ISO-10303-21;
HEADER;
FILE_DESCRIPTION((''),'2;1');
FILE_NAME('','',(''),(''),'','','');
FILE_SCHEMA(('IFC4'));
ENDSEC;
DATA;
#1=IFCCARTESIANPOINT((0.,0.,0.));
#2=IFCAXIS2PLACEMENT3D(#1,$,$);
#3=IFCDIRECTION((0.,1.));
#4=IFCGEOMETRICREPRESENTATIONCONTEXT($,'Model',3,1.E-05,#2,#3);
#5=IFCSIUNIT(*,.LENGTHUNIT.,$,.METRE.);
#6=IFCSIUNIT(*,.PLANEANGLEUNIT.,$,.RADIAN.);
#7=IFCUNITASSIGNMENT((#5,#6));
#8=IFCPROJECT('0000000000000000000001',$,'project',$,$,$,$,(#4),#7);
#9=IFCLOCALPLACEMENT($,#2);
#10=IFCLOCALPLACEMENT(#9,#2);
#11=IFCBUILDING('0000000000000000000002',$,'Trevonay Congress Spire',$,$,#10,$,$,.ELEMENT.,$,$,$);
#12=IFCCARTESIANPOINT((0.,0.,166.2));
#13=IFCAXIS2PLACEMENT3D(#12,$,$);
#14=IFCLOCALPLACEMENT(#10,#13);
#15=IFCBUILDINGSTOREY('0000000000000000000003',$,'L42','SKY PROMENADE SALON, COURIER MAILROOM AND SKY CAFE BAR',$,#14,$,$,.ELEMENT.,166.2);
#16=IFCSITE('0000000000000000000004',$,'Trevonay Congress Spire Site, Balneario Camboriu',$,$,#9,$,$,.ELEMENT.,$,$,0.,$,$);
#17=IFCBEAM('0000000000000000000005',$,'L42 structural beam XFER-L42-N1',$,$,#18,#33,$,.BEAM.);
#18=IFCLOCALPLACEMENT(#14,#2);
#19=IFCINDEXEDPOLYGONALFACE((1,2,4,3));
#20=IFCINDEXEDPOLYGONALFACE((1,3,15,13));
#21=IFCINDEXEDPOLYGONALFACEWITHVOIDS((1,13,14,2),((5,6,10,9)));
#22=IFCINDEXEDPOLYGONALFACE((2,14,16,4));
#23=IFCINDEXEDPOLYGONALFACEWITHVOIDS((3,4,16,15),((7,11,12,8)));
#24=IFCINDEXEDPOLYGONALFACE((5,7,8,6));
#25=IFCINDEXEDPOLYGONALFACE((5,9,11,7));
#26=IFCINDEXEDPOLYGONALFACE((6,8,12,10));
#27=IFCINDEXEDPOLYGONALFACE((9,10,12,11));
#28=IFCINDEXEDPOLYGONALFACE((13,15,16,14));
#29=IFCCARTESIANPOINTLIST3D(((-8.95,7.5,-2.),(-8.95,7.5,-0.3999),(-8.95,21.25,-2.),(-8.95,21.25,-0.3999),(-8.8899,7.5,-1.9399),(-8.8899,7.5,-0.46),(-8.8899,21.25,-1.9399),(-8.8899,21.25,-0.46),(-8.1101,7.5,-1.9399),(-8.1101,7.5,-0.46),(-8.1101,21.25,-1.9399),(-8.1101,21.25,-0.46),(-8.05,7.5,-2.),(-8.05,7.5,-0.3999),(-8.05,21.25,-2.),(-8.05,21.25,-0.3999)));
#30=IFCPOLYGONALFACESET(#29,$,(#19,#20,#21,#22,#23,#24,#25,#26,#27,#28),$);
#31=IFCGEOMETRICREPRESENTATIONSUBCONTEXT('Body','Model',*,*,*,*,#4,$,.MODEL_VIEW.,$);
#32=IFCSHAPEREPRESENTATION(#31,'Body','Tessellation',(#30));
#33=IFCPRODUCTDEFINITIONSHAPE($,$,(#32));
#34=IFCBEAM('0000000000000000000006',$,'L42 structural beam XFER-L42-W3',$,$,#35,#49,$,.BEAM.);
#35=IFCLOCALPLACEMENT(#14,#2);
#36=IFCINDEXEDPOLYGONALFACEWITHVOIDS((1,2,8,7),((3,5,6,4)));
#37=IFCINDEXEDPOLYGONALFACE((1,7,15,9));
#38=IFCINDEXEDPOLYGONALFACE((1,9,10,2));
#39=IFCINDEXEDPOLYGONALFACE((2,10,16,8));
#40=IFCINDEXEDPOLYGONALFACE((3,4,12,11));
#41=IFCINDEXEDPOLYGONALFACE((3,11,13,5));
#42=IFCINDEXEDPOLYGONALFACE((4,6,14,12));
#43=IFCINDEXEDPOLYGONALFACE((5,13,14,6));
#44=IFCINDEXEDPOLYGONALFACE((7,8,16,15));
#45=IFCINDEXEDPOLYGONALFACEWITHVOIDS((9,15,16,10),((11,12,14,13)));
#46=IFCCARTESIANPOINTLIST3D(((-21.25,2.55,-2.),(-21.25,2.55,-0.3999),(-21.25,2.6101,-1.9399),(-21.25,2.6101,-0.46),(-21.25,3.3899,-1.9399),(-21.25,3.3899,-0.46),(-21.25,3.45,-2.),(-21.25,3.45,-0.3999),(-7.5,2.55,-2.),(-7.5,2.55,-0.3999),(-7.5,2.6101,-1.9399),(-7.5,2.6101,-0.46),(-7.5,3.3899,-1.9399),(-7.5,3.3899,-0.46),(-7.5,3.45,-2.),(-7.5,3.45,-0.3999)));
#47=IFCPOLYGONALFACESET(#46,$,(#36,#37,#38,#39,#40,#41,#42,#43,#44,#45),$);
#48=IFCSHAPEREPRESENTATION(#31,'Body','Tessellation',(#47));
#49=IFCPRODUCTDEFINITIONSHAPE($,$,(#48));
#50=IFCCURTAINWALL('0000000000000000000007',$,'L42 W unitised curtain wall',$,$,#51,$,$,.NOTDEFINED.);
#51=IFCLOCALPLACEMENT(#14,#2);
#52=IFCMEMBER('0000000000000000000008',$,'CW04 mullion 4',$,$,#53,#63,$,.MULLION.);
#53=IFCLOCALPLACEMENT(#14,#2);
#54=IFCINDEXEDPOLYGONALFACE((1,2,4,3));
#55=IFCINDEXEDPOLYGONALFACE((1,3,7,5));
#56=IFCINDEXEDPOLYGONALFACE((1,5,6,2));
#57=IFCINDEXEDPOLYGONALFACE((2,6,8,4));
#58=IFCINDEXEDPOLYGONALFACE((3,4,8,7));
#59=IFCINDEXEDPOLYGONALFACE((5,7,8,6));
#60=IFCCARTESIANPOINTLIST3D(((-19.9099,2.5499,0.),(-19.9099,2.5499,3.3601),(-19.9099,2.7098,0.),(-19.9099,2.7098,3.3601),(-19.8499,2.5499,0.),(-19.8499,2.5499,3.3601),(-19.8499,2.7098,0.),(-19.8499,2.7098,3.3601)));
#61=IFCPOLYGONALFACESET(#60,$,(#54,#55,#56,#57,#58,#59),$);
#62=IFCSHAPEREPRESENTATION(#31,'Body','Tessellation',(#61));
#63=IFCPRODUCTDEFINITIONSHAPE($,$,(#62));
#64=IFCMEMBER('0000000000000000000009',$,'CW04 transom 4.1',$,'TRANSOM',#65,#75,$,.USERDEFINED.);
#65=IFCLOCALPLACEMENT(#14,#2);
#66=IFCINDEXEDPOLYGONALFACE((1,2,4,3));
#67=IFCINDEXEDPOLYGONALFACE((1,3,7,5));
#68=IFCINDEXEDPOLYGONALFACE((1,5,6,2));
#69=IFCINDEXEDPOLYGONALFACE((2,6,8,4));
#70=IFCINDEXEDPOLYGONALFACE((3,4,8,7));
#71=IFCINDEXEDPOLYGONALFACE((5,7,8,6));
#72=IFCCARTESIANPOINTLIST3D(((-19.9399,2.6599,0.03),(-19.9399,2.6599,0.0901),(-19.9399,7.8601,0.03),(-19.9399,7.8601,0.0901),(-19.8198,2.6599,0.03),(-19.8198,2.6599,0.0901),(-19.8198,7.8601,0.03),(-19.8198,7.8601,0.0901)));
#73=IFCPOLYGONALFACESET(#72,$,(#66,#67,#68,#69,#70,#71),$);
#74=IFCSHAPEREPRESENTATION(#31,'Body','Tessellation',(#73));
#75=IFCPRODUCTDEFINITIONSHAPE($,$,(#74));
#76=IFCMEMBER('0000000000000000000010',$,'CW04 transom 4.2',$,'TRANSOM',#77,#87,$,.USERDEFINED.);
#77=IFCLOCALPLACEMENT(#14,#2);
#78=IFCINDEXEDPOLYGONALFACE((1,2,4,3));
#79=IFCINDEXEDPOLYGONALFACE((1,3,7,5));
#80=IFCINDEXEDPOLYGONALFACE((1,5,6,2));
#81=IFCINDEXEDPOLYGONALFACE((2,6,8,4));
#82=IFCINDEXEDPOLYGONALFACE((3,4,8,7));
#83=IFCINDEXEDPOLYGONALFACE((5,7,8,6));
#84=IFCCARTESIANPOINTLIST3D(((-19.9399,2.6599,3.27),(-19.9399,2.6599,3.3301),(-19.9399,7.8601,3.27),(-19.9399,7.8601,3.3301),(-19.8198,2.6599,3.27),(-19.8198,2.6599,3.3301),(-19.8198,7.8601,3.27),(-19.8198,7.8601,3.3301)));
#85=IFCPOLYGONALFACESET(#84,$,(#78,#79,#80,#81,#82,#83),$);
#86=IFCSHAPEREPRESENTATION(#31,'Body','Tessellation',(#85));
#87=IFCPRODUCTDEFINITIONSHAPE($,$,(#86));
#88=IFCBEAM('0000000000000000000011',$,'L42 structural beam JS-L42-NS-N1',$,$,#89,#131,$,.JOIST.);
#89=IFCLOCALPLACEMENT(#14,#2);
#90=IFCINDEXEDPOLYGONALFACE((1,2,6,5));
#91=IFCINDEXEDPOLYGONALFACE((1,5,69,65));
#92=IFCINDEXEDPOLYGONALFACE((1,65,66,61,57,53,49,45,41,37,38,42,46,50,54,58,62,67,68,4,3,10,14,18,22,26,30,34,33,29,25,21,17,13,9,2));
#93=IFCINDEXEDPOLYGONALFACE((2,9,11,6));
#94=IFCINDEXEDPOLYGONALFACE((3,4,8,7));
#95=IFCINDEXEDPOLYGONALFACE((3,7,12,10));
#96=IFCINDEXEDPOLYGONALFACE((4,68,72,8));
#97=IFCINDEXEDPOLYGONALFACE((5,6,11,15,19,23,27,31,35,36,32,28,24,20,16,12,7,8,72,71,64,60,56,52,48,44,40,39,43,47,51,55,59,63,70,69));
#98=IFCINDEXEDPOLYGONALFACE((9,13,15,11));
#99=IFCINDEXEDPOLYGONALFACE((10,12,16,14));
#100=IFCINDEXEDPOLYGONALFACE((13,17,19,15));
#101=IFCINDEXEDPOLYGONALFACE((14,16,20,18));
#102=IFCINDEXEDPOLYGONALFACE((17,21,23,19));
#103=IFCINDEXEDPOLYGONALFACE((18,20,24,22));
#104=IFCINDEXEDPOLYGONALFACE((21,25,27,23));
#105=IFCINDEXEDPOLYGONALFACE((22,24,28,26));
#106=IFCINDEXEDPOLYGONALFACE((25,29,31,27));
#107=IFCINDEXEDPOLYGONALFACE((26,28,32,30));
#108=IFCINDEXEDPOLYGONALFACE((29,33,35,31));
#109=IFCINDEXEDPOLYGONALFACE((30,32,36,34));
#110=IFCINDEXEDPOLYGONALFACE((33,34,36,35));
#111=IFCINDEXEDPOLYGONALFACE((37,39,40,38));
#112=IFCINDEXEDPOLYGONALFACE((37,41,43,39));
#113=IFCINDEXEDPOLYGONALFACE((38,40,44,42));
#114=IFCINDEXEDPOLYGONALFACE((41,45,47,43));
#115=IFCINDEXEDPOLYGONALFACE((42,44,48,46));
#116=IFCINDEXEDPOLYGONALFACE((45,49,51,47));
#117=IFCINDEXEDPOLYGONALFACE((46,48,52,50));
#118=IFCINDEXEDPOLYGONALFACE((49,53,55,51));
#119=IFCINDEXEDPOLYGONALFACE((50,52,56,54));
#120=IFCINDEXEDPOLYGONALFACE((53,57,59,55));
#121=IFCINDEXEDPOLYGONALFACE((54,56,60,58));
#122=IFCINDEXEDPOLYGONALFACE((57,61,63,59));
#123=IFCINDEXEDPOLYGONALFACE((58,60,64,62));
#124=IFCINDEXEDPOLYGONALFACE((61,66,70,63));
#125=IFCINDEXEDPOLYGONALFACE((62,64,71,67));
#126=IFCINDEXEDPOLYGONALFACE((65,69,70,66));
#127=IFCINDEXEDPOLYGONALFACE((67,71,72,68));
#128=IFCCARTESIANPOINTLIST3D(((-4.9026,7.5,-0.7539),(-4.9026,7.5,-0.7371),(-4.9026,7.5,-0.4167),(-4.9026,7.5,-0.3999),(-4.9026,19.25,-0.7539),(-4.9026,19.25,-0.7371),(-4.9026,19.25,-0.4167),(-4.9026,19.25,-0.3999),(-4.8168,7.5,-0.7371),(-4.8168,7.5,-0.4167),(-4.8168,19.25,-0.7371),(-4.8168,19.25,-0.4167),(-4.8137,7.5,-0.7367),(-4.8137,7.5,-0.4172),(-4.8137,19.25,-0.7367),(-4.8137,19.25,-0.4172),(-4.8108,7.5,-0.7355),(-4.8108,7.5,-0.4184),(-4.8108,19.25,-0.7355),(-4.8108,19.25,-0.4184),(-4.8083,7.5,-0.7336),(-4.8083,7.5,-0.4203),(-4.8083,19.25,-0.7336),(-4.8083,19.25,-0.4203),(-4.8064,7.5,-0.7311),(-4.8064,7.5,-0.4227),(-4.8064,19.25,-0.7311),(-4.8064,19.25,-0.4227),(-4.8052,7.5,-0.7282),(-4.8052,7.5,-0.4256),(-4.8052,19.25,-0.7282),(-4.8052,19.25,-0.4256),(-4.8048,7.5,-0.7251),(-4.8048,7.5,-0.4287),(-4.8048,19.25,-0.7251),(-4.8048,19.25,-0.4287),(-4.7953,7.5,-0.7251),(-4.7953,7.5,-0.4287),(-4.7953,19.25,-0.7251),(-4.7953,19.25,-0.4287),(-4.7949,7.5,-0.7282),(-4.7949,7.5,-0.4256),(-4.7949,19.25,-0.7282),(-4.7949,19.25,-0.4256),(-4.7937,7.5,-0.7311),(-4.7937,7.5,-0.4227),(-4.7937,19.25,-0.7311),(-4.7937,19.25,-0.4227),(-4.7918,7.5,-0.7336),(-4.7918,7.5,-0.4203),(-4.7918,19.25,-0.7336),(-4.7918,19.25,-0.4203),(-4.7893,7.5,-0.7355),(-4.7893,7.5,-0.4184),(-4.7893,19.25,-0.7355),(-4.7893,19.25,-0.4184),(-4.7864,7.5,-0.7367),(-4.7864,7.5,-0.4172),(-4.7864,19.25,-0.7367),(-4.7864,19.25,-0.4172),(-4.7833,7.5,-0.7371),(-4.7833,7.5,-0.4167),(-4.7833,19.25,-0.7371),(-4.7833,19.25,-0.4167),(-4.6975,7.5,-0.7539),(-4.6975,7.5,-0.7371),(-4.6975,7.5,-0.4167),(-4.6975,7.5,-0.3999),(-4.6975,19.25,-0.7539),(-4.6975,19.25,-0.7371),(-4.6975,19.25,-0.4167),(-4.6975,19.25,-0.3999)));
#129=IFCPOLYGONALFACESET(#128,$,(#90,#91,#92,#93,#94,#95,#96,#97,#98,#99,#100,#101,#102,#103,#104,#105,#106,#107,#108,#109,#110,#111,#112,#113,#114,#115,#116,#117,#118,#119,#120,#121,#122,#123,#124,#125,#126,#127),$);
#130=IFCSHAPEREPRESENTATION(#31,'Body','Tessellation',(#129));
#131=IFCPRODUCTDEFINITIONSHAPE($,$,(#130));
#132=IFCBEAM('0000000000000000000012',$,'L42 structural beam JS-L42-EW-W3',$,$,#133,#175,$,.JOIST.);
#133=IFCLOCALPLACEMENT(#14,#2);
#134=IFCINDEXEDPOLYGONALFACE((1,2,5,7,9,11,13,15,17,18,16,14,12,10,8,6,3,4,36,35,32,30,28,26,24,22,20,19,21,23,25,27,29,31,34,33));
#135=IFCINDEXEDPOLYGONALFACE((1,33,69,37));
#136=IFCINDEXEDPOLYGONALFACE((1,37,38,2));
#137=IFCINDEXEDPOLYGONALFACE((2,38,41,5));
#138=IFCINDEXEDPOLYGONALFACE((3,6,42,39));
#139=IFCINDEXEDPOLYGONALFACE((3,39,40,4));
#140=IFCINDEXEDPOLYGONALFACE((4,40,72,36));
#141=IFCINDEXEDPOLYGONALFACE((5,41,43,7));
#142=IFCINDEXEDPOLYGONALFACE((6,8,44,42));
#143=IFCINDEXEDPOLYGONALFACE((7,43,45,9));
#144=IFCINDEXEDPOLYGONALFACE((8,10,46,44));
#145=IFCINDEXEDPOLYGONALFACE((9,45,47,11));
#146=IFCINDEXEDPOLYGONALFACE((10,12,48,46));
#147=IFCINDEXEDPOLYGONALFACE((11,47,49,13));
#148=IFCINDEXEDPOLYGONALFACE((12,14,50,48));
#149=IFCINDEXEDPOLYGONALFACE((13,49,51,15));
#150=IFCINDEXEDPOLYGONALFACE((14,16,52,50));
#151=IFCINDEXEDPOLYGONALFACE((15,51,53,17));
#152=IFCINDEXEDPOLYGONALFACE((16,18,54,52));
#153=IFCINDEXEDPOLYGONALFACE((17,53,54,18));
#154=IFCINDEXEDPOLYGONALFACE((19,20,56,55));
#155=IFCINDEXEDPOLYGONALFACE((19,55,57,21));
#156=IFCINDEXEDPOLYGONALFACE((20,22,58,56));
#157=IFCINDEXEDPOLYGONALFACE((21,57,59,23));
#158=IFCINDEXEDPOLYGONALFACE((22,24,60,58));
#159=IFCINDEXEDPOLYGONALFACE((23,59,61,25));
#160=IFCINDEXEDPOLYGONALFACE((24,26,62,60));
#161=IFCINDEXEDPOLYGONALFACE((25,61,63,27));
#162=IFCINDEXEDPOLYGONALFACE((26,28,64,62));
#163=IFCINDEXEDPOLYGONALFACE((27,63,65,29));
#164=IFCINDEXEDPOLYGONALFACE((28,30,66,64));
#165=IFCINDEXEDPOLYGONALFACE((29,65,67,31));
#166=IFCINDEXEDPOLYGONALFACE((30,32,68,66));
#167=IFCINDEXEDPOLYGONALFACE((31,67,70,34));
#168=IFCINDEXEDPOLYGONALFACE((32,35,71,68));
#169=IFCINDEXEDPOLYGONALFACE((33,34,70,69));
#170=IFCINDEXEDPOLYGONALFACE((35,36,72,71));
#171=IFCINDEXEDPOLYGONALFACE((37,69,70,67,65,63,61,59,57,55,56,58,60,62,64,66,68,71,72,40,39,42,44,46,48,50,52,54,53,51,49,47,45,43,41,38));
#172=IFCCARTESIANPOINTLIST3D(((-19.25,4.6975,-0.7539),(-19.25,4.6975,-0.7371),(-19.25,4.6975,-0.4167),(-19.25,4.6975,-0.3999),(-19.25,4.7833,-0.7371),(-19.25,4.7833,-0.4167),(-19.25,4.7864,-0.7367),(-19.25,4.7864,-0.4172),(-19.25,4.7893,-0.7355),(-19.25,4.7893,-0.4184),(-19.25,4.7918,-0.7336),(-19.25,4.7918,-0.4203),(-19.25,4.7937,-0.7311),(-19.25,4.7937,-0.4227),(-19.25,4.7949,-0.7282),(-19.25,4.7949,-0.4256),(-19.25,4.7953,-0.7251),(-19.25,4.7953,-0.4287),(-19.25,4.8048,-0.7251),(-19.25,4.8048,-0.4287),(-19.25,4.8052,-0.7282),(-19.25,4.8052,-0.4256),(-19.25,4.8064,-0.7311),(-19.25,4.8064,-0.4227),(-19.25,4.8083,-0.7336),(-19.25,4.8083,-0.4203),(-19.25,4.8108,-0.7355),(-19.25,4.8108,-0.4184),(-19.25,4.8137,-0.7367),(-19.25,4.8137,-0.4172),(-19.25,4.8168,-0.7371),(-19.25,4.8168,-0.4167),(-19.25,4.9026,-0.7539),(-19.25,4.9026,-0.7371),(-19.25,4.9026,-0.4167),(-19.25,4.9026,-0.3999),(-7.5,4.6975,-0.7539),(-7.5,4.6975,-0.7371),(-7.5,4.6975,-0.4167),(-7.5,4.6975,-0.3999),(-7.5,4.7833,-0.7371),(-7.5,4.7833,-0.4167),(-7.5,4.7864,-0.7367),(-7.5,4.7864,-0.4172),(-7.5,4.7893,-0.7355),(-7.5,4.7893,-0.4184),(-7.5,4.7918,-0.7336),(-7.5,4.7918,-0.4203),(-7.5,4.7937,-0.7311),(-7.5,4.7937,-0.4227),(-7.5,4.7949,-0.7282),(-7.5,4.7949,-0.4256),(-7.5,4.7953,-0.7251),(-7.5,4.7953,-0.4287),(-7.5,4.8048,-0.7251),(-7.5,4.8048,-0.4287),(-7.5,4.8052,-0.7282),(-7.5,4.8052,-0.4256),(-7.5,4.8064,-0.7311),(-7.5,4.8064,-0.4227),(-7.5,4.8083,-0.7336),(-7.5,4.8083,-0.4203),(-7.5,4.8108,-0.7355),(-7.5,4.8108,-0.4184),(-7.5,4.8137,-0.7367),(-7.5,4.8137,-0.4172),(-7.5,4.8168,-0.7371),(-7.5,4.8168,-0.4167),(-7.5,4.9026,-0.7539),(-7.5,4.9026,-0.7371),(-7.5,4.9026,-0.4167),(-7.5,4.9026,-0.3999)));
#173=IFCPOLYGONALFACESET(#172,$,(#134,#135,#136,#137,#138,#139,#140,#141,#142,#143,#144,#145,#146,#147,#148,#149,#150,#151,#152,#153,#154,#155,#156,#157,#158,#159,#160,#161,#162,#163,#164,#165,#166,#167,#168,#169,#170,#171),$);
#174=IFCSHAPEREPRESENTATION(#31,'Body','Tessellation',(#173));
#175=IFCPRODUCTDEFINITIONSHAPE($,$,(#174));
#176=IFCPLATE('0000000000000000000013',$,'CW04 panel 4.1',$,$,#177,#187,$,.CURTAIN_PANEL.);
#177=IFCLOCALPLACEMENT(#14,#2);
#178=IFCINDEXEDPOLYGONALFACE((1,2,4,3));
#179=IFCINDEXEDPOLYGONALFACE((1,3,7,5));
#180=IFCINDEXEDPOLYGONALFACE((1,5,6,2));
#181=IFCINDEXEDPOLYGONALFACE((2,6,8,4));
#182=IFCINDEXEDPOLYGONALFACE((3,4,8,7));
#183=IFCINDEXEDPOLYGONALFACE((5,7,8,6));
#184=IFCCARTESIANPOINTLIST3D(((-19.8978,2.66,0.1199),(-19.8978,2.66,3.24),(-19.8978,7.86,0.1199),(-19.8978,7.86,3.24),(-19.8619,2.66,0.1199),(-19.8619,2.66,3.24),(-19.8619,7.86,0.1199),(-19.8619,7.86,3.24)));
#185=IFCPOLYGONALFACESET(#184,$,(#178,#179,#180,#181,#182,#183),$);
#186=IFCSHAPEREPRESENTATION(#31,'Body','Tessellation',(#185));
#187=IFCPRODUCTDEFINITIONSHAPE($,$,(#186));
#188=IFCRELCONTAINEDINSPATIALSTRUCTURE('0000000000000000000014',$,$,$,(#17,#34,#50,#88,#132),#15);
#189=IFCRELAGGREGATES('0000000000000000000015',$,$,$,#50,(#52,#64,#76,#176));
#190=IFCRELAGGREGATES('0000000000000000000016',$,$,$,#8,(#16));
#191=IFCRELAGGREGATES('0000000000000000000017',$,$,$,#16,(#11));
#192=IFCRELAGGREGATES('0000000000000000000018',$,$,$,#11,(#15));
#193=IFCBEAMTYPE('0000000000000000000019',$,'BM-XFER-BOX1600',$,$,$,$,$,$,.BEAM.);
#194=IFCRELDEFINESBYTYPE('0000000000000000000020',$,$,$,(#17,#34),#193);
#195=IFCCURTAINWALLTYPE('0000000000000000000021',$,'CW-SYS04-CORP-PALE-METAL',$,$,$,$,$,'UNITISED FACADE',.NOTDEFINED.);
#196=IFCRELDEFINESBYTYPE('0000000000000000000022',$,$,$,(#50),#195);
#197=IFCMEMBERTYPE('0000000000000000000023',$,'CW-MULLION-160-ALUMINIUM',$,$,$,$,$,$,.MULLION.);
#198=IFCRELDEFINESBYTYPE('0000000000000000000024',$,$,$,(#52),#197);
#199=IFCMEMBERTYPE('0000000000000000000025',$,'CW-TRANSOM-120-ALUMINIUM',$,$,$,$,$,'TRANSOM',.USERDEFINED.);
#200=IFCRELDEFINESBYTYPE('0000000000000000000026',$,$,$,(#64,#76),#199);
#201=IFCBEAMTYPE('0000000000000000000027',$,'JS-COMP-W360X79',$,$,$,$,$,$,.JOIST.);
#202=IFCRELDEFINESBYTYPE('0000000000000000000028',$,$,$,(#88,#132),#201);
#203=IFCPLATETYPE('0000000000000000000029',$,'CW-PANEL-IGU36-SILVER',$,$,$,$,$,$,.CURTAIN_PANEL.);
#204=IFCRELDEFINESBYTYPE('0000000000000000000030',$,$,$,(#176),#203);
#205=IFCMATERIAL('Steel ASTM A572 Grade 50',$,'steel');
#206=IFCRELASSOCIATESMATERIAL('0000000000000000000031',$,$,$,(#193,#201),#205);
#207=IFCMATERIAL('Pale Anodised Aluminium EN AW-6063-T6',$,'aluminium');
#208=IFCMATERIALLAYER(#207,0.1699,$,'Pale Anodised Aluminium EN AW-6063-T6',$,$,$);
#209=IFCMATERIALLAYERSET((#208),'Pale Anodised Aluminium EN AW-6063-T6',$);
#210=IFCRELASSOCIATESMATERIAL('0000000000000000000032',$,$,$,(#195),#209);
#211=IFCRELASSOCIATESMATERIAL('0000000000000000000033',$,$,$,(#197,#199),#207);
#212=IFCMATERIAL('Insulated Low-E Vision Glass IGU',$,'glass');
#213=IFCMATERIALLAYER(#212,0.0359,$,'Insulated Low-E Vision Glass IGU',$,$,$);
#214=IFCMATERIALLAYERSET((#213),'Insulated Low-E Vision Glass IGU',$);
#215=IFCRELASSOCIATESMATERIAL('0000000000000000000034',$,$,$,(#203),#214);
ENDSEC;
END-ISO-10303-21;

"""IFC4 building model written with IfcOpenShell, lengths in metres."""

from ifc_helpers import new_model, si_unit, direction, frame, origin, origin_2d, place, context, subcontext, project, spatial, rectangle, hollow_rectangle, i_section, extrude, material, layer, layer_set, material_profile, profile_set, type_object, element, aggregate, save


model = new_model("IFC4")

# Units and contexts
model_context = context("Model", 3, precision=1e-05, world=origin(), true_north=direction((0.0, 1.0)))
body_context = subcontext(model_context, "Body", "Model", "MODEL_VIEW")
ifc_project = project(units=[si_unit("LENGTHUNIT", "METRE"), si_unit("PLANEANGLEUNIT", "RADIAN")], contexts=[model_context])

# Site, building, storey
site_placement = place(None, origin())
site = spatial("IfcSite", under=ifc_project, at=site_placement, Name="Trevonay Congress Spire Site, Balneario Camboriu", CompositionType="ELEMENT", RefElevation=0.0)
building_placement = place(site_placement, origin())
building = spatial("IfcBuilding", under=site, at=building_placement, Name="Trevonay Congress Spire", CompositionType="ELEMENT")
storey_placement = place(building_placement, frame((0.0, 0.0, 166.2)))
storey = spatial("IfcBuildingStorey", under=building, at=storey_placement, Name="L42", Description="SKY PROMENADE SALON, COURIER MAILROOM AND SKY CAFE BAR", CompositionType="ELEMENT", Elevation=166.2)

# Shared definitions
ifc_material_1 = material(Name="Steel ASTM A572 Grade 50", Category="steel")

# Beams
ifc_material_profile_1 = material_profile(ifc_material_1, hollow_rectangle(XDim=0.8999, YDim=1.6001, WallThickness=0.0601, at=origin_2d()), Name="BOX 1600x900x60")
ifc_profile_set_1 = profile_set([ifc_material_profile_1], Name="Steel ASTM A572 Grade 50")
beam_type_1 = type_object("IfcBeamType", Name="BM-XFER-BOX1600", PredefinedType="BEAM", material=ifc_profile_set_1)
for number, where, z_axis, x_axis, name in (
    (1, (-8.5, 7.5, -1.2), (0.0, 1.0, 0.0), (-1.0, 0.0, 0.0), "L42 structural beam XFER-L42-N1"),
    (2, (-7.5, 3.0, -1.2), (-1.0, 0.0, 0.0), (0.0, -1.0, 0.0), "L42 structural beam XFER-L42-W3"),
):
    element("IfcBeam", number, at=place(storey_placement, frame(where, z_axis=z_axis, x_axis=x_axis)), inside=storey, type_object=beam_type_1, Name=name, PredefinedType="BEAM", context=body_context, shape_type="SweptSolid", body=[
        extrude(hollow_rectangle(XDim=0.8999, YDim=1.6001, WallThickness=0.0601, at=origin_2d()), origin(), (0.0, 0.0, 1.0), 13.75),
    ])

# Curtain wall, members
ifc_material_2 = material(Name="Pale Anodised Aluminium EN AW-6063-T6", Category="aluminium")
ifc_layer_1 = layer(ifc_material_2, 0.1699, Name="Pale Anodised Aluminium EN AW-6063-T6")
ifc_layer_set_1 = layer_set([ifc_layer_1], Name="Pale Anodised Aluminium EN AW-6063-T6")
curtain_wall_type = type_object("IfcCurtainWallType", Name="CW-SYS04-CORP-PALE-METAL", ElementType="UNITISED FACADE", PredefinedType="NOTDEFINED", material=ifc_layer_set_1)
curtain_wall_placement = place(storey_placement, origin())
curtain_wall = element("IfcCurtainWall", 3, at=curtain_wall_placement, inside=storey, type_object=curtain_wall_type, Name="L42 W unitised curtain wall", PredefinedType="NOTDEFINED")
ifc_material_profile_2 = material_profile(ifc_material_2, rectangle(XDim=0.0601, YDim=0.1599, at=origin_2d()), Name="CW-MULLION-160-ALUMINIUM")
ifc_profile_set_2 = profile_set([ifc_material_profile_2], Name="Pale Anodised Aluminium EN AW-6063-T6")
member_type_1 = type_object("IfcMemberType", Name="CW-MULLION-160-ALUMINIUM", PredefinedType="MULLION", material=ifc_profile_set_2)
member_1_placement = place(storey_placement, frame((-19.8799, 2.6299, 0.0), z_axis=(0.0, 0.0, 1.0), x_axis=(-1.0, 0.0, 0.0)))
member_1 = element("IfcMember", 4, at=member_1_placement, type_object=member_type_1, Name="CW04 mullion 4", PredefinedType="MULLION", context=body_context, shape_type="SweptSolid", body=[
    extrude(rectangle(XDim=0.0601, YDim=0.1599, at=origin_2d()), origin(), (0.0, 0.0, 1.0), 3.3601),
])
ifc_material_profile_3 = material_profile(ifc_material_2, rectangle(XDim=0.1201, YDim=0.0601, at=origin_2d()), Name="CW-TRANSOM-120-ALUMINIUM")
ifc_profile_set_3 = profile_set([ifc_material_profile_3], Name="Pale Anodised Aluminium EN AW-6063-T6")
member_type_2 = type_object("IfcMemberType", Name="CW-TRANSOM-120-ALUMINIUM", ElementType="TRANSOM", PredefinedType="USERDEFINED", material=ifc_profile_set_3)
member_2_placement = place(storey_placement, frame((-19.8799, 2.6599, 0.0601), z_axis=(0.0, 1.0, 0.0), x_axis=(-1.0, 0.0, 0.0)))
member_2 = element("IfcMember", 5, at=member_2_placement, type_object=member_type_2, Name="CW04 transom 4.1", ObjectType="TRANSOM", PredefinedType="USERDEFINED", context=body_context, shape_type="SweptSolid", body=[
    extrude(rectangle(XDim=0.1201, YDim=0.0601, at=origin_2d()), origin(), (0.0, 0.0, 1.0), 5.2002),
])
member_3_placement = place(storey_placement, frame((-19.8799, 2.6599, 3.3), z_axis=(0.0, 1.0, 0.0), x_axis=(-1.0, 0.0, 0.0)))
member_3 = element("IfcMember", 6, at=member_3_placement, type_object=member_type_2, Name="CW04 transom 4.2", ObjectType="TRANSOM", PredefinedType="USERDEFINED", context=body_context, shape_type="SweptSolid", body=[
    extrude(rectangle(XDim=0.1201, YDim=0.0601, at=origin_2d()), origin(), (0.0, 0.0, 1.0), 5.2002),
])

# Beams
ifc_material_profile_4 = material_profile(ifc_material_1, i_section(OverallWidth=0.2051, OverallDepth=0.354, WebThickness=0.0095, FlangeThickness=0.0168, FilletRadius=0.012, at=origin_2d()), Name="W360x79")
ifc_profile_set_4 = profile_set([ifc_material_profile_4], Name="Steel ASTM A572 Grade 50")
beam_type_2 = type_object("IfcBeamType", Name="JS-COMP-W360X79", PredefinedType="JOIST", material=ifc_profile_set_4)
for number, where, z_axis, x_axis, name in (
    (7, (-4.8, 7.5, -0.5769), (0.0, 1.0, 0.0), (-1.0, 0.0, 0.0), "L42 structural beam JS-L42-NS-N1"),
    (8, (-19.25, 4.8, -0.5769), (1.0, 0.0, 0.0), (0.0, 1.0, 0.0), "L42 structural beam JS-L42-EW-W3"),
):
    element("IfcBeam", number, at=place(storey_placement, frame(where, z_axis=z_axis, x_axis=x_axis)), inside=storey, type_object=beam_type_2, Name=name, PredefinedType="JOIST", context=body_context, shape_type="SweptSolid", body=[
        extrude(i_section(OverallWidth=0.2051, OverallDepth=0.354, WebThickness=0.0095, FlangeThickness=0.0168, FilletRadius=0.012, at=origin_2d()), origin(), (0.0, 0.0, 1.0), 11.75),
    ])

# Plate
ifc_material_3 = material(Name="Insulated Low-E Vision Glass IGU", Category="glass")
ifc_layer_2 = layer(ifc_material_3, 0.0359, Name="Insulated Low-E Vision Glass IGU")
ifc_layer_set_2 = layer_set([ifc_layer_2], Name="Insulated Low-E Vision Glass IGU")
plate_type = type_object("IfcPlateType", Name="CW-PANEL-IGU36-SILVER", PredefinedType="CURTAIN_PANEL", material=ifc_layer_set_2)
plate_placement = place(storey_placement, frame((-19.8799, 5.26, 0.1199), z_axis=(0.0, 0.0, 1.0), x_axis=(0.0, 1.0, 0.0)))
plate = element("IfcPlate", 9, at=plate_placement, type_object=plate_type, Name="CW04 panel 4.1", PredefinedType="CURTAIN_PANEL", context=body_context, shape_type="SweptSolid", body=[
    extrude(rectangle(XDim=5.2, YDim=0.0359, at=origin_2d()), origin(), (0.0, 0.0, 1.0), 3.1201),
])
aggregate(curtain_wall, [member_1, member_2, member_3, plate])

save(model, "model.ifc")
